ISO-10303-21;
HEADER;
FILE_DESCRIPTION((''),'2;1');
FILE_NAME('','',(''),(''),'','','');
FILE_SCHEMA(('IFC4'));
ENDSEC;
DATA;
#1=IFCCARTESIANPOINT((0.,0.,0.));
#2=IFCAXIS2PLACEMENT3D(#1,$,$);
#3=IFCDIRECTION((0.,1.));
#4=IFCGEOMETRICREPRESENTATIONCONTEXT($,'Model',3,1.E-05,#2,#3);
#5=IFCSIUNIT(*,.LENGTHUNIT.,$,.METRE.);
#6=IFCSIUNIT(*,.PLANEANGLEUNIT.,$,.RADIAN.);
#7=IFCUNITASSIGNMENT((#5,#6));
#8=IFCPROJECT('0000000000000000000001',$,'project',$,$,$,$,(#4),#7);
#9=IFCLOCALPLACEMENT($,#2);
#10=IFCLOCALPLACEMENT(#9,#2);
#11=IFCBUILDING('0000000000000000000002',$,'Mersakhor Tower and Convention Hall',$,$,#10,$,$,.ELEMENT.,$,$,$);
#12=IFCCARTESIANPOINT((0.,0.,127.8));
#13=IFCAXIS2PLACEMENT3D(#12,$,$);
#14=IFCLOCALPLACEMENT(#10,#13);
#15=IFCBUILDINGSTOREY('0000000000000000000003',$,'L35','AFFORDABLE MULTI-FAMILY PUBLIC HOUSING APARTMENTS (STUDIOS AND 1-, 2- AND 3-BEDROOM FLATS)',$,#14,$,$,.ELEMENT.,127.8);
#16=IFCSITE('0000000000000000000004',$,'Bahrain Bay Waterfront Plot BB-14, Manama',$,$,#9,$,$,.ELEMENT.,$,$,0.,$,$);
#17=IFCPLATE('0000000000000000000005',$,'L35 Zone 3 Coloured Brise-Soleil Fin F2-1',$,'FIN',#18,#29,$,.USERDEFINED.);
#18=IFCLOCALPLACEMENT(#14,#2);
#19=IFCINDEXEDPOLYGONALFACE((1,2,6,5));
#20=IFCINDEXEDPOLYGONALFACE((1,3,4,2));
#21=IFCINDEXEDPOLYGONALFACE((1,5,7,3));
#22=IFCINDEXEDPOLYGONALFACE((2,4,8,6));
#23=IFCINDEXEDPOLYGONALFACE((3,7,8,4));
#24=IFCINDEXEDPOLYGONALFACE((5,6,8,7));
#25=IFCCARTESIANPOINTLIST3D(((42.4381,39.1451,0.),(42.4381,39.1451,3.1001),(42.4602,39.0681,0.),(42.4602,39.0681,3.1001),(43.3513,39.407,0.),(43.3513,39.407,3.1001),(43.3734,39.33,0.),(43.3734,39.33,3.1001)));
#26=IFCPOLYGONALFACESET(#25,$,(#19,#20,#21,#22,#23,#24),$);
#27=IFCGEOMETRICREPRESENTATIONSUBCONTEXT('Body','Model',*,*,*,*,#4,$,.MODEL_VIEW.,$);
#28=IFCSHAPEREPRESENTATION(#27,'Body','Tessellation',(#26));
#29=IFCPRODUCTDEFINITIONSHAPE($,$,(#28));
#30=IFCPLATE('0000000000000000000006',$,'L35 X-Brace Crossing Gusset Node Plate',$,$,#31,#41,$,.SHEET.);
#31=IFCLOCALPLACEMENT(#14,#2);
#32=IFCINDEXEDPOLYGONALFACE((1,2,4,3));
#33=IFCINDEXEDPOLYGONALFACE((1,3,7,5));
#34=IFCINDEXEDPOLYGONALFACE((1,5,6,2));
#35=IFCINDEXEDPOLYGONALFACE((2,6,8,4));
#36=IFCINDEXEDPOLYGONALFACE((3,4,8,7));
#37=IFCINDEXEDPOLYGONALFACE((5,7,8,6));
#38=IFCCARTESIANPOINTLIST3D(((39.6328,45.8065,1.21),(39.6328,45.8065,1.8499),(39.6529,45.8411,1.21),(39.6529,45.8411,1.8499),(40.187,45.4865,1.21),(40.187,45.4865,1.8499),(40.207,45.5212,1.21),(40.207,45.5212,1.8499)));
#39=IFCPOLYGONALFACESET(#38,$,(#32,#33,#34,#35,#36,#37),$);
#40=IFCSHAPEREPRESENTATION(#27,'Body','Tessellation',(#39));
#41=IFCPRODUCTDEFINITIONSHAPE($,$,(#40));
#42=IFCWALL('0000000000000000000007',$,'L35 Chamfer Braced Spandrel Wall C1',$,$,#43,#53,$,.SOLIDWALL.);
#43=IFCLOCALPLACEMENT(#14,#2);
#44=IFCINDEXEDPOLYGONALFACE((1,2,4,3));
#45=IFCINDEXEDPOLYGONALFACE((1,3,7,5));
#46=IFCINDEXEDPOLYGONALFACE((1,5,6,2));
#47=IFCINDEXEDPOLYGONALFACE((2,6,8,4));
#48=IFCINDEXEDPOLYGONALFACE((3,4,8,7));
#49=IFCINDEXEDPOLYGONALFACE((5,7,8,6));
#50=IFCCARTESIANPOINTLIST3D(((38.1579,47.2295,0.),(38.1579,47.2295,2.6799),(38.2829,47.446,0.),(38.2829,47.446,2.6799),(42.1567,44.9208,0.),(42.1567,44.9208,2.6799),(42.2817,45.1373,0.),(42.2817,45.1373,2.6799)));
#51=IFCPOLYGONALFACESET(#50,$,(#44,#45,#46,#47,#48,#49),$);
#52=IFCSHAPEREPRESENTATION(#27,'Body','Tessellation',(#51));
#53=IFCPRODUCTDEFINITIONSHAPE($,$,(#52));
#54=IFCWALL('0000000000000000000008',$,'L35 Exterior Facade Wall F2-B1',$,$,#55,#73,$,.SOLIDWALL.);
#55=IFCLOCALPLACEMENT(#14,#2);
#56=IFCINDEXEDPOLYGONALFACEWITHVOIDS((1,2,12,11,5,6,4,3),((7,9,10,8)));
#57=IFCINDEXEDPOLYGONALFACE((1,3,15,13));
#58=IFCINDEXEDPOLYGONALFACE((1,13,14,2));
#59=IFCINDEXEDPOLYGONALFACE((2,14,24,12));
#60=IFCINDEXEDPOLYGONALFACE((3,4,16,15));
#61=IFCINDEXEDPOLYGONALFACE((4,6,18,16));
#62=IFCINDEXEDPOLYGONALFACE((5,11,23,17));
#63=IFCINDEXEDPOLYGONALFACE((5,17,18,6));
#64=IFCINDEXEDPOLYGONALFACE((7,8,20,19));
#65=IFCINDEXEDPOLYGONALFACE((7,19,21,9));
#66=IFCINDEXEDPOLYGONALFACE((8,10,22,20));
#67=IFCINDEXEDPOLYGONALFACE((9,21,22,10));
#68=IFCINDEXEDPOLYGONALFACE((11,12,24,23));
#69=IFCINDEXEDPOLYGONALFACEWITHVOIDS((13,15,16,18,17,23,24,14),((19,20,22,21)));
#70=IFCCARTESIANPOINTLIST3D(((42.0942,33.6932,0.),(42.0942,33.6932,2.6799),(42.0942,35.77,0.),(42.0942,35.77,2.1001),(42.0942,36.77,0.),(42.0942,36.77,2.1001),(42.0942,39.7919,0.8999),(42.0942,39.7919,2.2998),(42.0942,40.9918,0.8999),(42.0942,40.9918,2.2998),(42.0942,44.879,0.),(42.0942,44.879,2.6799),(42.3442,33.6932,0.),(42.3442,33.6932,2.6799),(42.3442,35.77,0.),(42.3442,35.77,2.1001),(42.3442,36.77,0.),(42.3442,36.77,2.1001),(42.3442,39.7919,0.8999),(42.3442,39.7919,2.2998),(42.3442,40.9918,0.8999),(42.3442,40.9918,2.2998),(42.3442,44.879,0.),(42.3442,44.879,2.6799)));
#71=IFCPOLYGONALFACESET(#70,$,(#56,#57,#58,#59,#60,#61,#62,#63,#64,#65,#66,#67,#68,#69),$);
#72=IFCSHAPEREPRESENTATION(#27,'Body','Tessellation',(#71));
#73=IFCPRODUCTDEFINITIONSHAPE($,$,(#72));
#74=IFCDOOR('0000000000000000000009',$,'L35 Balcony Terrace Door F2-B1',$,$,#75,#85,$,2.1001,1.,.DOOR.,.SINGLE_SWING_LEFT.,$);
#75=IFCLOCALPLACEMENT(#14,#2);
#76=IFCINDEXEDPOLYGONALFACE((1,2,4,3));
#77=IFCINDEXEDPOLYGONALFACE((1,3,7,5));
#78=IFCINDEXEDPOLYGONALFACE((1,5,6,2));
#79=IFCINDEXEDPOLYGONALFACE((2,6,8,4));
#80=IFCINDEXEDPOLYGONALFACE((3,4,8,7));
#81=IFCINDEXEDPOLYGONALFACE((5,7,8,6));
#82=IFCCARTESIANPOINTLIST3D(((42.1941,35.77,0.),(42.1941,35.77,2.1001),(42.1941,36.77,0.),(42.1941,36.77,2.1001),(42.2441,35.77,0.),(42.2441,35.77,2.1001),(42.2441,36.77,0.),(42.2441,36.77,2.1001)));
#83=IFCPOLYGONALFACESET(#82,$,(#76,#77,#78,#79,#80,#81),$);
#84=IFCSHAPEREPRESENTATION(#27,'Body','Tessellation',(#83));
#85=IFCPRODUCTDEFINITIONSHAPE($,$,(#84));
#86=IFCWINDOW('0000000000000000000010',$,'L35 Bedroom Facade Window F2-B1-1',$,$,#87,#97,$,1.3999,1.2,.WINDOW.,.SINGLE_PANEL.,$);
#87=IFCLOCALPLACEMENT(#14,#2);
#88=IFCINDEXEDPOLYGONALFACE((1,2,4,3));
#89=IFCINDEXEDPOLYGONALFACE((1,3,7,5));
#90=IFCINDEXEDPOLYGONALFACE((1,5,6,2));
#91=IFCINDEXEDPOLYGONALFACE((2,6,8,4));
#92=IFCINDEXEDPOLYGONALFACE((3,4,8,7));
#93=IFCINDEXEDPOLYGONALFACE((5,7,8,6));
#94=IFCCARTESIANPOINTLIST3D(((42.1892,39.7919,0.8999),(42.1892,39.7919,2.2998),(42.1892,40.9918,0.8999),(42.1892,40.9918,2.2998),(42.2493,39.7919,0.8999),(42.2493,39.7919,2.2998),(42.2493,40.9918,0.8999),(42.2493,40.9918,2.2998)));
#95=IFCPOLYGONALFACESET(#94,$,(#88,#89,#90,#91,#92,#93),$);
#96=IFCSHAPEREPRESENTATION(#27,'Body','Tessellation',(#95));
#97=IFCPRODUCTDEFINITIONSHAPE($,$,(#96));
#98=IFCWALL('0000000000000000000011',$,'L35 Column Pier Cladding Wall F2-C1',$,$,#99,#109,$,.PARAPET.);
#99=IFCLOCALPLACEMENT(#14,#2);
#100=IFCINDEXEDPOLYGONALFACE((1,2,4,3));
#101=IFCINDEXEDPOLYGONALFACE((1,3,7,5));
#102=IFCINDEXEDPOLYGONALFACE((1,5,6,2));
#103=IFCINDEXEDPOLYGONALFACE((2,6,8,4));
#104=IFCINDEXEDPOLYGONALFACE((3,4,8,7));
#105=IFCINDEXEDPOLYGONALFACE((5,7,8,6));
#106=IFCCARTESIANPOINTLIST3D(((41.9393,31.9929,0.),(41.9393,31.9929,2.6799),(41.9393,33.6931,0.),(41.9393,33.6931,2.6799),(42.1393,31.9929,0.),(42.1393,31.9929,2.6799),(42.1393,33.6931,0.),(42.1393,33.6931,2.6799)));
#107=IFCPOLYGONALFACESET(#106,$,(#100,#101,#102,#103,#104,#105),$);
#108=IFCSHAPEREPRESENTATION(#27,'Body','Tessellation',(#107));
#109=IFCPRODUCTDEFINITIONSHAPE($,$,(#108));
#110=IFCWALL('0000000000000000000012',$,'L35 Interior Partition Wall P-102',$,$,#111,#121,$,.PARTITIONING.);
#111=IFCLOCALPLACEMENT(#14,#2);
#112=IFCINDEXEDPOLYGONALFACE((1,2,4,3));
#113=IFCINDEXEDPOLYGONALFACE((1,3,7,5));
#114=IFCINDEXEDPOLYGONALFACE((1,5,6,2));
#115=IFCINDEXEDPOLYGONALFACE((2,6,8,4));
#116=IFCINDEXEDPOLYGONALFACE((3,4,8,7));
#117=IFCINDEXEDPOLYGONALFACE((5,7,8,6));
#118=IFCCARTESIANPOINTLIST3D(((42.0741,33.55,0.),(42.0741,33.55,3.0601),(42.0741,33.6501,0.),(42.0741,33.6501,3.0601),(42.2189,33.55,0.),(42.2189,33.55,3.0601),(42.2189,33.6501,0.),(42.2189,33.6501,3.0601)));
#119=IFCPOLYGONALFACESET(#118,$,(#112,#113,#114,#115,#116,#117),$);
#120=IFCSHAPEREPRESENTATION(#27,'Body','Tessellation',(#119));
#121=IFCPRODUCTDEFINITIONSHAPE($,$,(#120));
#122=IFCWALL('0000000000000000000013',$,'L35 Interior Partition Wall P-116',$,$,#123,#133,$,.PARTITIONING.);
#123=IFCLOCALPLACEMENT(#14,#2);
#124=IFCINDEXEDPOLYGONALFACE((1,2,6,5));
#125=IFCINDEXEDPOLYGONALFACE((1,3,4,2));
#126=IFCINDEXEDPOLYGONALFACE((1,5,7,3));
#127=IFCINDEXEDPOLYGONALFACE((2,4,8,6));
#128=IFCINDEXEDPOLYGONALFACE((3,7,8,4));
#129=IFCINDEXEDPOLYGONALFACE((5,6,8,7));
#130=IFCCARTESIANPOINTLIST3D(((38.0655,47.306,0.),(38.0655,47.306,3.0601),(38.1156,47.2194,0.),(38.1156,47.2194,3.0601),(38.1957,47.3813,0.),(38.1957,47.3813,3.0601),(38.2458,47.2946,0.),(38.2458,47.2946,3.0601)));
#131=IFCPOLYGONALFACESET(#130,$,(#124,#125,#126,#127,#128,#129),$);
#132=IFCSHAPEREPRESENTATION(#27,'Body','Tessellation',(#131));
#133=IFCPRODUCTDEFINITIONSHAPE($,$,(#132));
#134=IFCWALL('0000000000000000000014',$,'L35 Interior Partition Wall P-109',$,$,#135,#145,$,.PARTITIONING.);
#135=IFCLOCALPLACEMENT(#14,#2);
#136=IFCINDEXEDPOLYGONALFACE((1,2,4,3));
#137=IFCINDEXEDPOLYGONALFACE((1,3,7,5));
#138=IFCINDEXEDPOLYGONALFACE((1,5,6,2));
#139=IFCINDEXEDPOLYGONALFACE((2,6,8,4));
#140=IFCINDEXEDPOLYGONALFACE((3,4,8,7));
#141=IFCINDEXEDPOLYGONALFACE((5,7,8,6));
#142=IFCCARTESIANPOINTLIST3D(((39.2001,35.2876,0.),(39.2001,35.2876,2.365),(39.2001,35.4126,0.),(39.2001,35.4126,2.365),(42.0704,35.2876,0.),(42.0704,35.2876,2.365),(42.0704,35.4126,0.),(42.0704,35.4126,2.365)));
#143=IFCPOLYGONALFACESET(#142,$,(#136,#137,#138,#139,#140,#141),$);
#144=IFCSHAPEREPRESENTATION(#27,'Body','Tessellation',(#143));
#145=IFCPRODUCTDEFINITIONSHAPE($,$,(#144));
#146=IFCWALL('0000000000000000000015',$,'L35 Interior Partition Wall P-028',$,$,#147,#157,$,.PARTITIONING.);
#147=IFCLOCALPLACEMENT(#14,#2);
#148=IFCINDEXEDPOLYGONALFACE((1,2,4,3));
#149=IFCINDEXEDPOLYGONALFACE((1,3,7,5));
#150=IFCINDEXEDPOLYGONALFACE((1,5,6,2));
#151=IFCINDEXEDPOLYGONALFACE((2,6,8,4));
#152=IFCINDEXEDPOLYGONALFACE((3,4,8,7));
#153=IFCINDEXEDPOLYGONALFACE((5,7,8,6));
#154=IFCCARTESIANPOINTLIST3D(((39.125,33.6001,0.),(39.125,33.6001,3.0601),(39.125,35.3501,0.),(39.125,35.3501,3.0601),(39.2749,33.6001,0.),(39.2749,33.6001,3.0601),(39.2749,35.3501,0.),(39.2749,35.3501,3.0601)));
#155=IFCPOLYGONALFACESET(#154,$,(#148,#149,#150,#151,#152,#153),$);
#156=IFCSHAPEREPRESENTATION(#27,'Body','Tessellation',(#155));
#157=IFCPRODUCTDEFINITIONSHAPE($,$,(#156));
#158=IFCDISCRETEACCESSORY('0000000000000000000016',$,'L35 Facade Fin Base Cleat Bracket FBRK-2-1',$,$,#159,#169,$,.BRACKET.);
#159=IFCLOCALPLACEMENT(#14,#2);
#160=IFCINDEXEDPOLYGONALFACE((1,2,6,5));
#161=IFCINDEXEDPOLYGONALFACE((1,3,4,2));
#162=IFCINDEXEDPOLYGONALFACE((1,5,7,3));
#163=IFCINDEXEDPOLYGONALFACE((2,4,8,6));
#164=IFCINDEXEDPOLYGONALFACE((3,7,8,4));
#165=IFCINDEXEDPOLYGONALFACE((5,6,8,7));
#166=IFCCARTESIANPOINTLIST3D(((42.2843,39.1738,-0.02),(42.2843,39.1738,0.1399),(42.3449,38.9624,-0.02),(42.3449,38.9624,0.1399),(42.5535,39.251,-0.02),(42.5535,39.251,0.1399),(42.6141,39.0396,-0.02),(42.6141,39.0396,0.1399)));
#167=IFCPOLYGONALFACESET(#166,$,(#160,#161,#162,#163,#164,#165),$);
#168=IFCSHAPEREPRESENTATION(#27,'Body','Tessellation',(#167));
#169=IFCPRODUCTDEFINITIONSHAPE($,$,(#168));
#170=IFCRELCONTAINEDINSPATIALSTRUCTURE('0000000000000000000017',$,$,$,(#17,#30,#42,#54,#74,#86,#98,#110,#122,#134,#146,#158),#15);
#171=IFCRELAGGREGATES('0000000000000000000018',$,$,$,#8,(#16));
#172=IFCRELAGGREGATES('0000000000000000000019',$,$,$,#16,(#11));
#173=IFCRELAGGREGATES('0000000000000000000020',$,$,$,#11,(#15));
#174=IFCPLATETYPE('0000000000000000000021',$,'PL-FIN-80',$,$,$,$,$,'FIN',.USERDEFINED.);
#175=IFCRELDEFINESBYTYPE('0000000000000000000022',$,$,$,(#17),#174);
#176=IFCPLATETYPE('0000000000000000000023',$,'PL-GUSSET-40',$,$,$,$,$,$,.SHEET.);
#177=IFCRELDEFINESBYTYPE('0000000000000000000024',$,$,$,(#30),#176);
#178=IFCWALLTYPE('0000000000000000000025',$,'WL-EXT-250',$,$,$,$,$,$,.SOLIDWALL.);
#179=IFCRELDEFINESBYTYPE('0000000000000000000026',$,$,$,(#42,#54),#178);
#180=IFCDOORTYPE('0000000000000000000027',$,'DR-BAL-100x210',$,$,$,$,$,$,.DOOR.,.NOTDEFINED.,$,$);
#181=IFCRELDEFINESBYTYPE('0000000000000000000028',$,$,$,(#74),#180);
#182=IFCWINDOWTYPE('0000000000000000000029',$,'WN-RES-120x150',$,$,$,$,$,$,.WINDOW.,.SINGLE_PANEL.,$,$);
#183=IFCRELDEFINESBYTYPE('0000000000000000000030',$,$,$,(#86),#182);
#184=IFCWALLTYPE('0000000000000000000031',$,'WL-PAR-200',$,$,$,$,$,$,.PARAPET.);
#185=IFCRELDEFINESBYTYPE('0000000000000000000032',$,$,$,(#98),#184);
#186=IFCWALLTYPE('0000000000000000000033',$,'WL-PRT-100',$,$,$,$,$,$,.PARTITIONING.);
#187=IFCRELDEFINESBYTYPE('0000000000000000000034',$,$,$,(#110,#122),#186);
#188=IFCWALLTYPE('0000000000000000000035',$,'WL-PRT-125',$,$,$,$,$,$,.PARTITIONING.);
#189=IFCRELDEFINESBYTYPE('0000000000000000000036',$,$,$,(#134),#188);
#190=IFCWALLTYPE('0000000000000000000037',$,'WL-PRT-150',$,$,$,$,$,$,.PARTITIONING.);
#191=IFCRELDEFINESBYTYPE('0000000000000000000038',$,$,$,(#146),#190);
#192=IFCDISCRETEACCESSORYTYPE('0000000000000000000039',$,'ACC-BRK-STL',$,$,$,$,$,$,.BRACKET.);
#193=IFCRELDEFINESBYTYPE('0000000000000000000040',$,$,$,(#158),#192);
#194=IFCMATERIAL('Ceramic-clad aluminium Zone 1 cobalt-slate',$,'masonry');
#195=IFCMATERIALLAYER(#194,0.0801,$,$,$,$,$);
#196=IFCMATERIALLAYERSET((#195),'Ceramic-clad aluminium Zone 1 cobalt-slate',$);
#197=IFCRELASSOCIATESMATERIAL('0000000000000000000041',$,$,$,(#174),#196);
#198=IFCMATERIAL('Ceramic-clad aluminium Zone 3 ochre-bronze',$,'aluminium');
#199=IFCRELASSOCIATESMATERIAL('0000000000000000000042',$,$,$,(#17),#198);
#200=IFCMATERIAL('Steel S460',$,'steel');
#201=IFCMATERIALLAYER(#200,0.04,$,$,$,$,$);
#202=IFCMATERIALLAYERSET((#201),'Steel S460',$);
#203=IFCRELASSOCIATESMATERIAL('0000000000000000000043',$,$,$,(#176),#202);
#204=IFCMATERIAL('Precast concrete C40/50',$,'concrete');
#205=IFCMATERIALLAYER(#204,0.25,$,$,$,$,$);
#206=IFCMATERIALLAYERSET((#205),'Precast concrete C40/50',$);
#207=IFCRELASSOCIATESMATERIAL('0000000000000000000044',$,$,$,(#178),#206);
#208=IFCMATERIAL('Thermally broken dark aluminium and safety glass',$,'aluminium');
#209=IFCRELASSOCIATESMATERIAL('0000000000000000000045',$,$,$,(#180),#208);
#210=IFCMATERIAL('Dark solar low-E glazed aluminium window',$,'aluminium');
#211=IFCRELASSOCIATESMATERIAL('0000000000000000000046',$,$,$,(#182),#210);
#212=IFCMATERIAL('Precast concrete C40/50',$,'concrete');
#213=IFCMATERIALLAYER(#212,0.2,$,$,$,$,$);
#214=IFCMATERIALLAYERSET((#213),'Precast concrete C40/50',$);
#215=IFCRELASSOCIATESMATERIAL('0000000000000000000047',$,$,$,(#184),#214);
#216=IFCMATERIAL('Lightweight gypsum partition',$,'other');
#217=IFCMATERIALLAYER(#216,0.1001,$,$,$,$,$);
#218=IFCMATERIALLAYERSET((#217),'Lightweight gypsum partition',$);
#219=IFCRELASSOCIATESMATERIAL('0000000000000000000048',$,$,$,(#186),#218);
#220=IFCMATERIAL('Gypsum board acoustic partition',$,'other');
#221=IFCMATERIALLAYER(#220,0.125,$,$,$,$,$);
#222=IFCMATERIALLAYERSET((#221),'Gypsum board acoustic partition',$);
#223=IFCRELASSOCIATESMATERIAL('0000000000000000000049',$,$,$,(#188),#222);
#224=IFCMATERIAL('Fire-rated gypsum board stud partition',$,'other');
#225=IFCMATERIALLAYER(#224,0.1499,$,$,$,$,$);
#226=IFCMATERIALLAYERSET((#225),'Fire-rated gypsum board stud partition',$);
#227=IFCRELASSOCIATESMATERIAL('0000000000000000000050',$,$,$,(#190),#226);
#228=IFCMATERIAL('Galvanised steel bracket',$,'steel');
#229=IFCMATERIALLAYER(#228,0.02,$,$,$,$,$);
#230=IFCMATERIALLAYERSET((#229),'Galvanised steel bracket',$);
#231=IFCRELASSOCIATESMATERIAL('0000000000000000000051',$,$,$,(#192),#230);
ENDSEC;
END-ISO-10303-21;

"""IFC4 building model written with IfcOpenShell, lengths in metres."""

from ifc_helpers import new_model, si_unit, direction, frame, frame_2d, origin, origin_2d, place, context, subcontext, project, spatial, rectangle, extrude, material, layer, layer_set, type_object, element, fill, save


model = new_model("IFC4")

# Units and contexts
model_context = context("Model", 3, precision=1e-05, world=origin(), true_north=direction((0.0, 1.0)))
body_context = subcontext(model_context, "Body", "Model", "MODEL_VIEW")
ifc_project = project(units=[si_unit("LENGTHUNIT", "METRE"), si_unit("PLANEANGLEUNIT", "RADIAN")], contexts=[model_context])

# Site, building, storey
site_placement = place(None, origin())
site = spatial("IfcSite", under=ifc_project, at=site_placement, Name="Bahrain Bay Waterfront Plot BB-14, Manama", CompositionType="ELEMENT", RefElevation=0.0)
building_placement = place(site_placement, origin())
building = spatial("IfcBuilding", under=site, at=building_placement, Name="Mersakhor Tower and Convention Hall", CompositionType="ELEMENT")
storey_placement = place(building_placement, frame((0.0, 0.0, 127.8)))
storey = spatial("IfcBuildingStorey", under=building, at=storey_placement, Name="L35", Description="AFFORDABLE MULTI-FAMILY PUBLIC HOUSING APARTMENTS (STUDIOS AND 1-, 2- AND 3-BEDROOM FLATS)", CompositionType="ELEMENT", Elevation=127.8)

# Plates
ifc_material_1 = material(Name="Ceramic-clad aluminium Zone 3 ochre-bronze", Category="aluminium")
ifc_material_2 = material(Name="Ceramic-clad aluminium Zone 1 cobalt-slate", Category="masonry")
ifc_layer_1 = layer(ifc_material_2, 0.0801)
ifc_layer_set_1 = layer_set([ifc_layer_1], Name="Ceramic-clad aluminium Zone 1 cobalt-slate")
plate_type_1 = type_object("IfcPlateType", Name="PL-FIN-80", ElementType="FIN", PredefinedType="USERDEFINED", material=ifc_layer_set_1)
plate_1_placement = place(storey_placement, frame((42.9058, 39.2375, 0.0), z_axis=(0.0, 0.0, 1.0), x_axis=(0.961262, 0.275637, 0.0)))
element("IfcPlate", 1, at=plate_1_placement, inside=storey, type_object=plate_type_1, material=ifc_material_1, Name="L35 Zone 3 Coloured Brise-Soleil Fin F2-1", ObjectType="FIN", PredefinedType="USERDEFINED", context=body_context, shape_type="SweptSolid", body=[
    extrude(rectangle(XDim=0.95, YDim=0.0801, at=origin_2d()), origin(), (0.0, 0.0, 1.0), 3.1001),
])
ifc_material_3 = material(Name="Steel S460", Category="steel")
ifc_layer_2 = layer(ifc_material_3, 0.04)
ifc_layer_set_2 = layer_set([ifc_layer_2], Name="Steel S460")
plate_type_2 = type_object("IfcPlateType", Name="PL-GUSSET-40", PredefinedType="SHEET", material=ifc_layer_set_2)
plate_2_placement = place(storey_placement, frame((39.9199, 45.6638, 1.21), z_axis=(0.0, 0.0, 1.0), x_axis=(-0.866025, 0.5, 0.0)))
element("IfcPlate", 2, at=plate_2_placement, inside=storey, type_object=plate_type_2, Name="L35 X-Brace Crossing Gusset Node Plate", PredefinedType="SHEET", context=body_context, shape_type="SweptSolid", body=[
    extrude(rectangle(XDim=0.6399, YDim=0.04, at=origin_2d()), origin(), (0.0, 0.0, 1.0), 0.6399),
])

# Wall
ifc_material_4 = material(Name="Precast concrete C40/50", Category="concrete")
ifc_layer_3 = layer(ifc_material_4, 0.25)
ifc_layer_set_3 = layer_set([ifc_layer_3], Name="Precast concrete C40/50")
wall_type_1 = type_object("IfcWallType", Name="WL-EXT-250", PredefinedType="SOLIDWALL", material=ifc_layer_set_3)
wall_1_placement = place(storey_placement, frame((38.2205, 47.3376, 0.0), z_axis=(0.0, 0.0, 1.0), x_axis=(0.866035, -0.499983, 0.0)))
element("IfcWall", 3, at=wall_1_placement, inside=storey, type_object=wall_type_1, Name="L35 Chamfer Braced Spandrel Wall C1", PredefinedType="SOLIDWALL", context=body_context, shape_type="SweptSolid", body=[
    extrude(rectangle(XDim=4.6174, YDim=0.25, at=frame_2d((2.3086, 0.0))), origin(), (0.0, 0.0, 1.0), 2.6799),
])

# Wall, openings, door, window
wall_2_placement = place(storey_placement, frame((42.2192, 44.8789, 0.0), z_axis=(0.0, 0.0, 1.0), x_axis=(0.0, -1.0, 0.0)))
wall_2 = element("IfcWall", 4, at=wall_2_placement, inside=storey, type_object=wall_type_1, Name="L35 Exterior Facade Wall F2-B1", PredefinedType="SOLIDWALL", context=body_context, shape_type="SweptSolid", body=[
    extrude(rectangle(XDim=11.1858, YDim=0.25, at=frame_2d((5.5928, 0.0))), origin(), (0.0, 0.0, 1.0), 2.6799),
])
opening_1_placement = place(wall_2_placement, frame((8.1089, 0.0, 0.0)))
opening_1 = element("IfcOpeningElement", 5, at=opening_1_placement, cuts=wall_2, PredefinedType="OPENING", context=body_context, shape_type="SweptSolid", body=[
    extrude(rectangle(XDim=1.0, YDim=2.1001, at=frame_2d((0.5, 1.05))), frame((0.0, 0.135, 0.0), z_axis=(0.0, -1.0, 0.0), x_axis=(1.0, 0.0, 0.0)), (0.0, 0.0, 1.0), 0.27),
])
opening_2_placement = place(wall_2_placement, frame((3.887, 0.0, 0.8999)))
opening_2 = element("IfcOpeningElement", 6, at=opening_2_placement, cuts=wall_2, PredefinedType="OPENING", context=body_context, shape_type="SweptSolid", body=[
    extrude(rectangle(XDim=1.2, YDim=1.3999, at=frame_2d((0.6001, 0.7))), frame((0.0, 0.135, 0.0), z_axis=(0.0, -1.0, 0.0), x_axis=(1.0, 0.0, 0.0)), (0.0, 0.0, 1.0), 0.27),
])
ifc_material_5 = material(Name="Thermally broken dark aluminium and safety glass", Category="aluminium")
door_type = type_object("IfcDoorType", Name="DR-BAL-100x210", OperationType="NOTDEFINED", PredefinedType="DOOR", material=ifc_material_5)
door_placement = place(opening_1_placement, origin())
door = element("IfcDoor", 7, at=door_placement, inside=storey, type_object=door_type, Name="L35 Balcony Terrace Door F2-B1", OperationType="SINGLE_SWING_LEFT", OverallHeight=2.1001, OverallWidth=1.0, PredefinedType="DOOR", context=body_context, shape_type="SweptSolid", body=[
    extrude(rectangle(XDim=1.0, YDim=2.1001, at=frame_2d((0.5, 1.05))), frame((0.0, 0.0249, 0.0), z_axis=(0.0, -1.0, 0.0), x_axis=(1.0, 0.0, 0.0)), (0.0, 0.0, 1.0), 0.05),
])
fill(opening_1, door)
ifc_material_6 = material(Name="Dark solar low-E glazed aluminium window", Category="aluminium")
window_type = type_object("IfcWindowType", Name="WN-RES-120x150", PartitioningType="SINGLE_PANEL", PredefinedType="WINDOW", material=ifc_material_6)
window_placement = place(opening_2_placement, origin())
window = element("IfcWindow", 8, at=window_placement, inside=storey, type_object=window_type, Name="L35 Bedroom Facade Window F2-B1-1", OverallHeight=1.3999, OverallWidth=1.2, PartitioningType="SINGLE_PANEL", PredefinedType="WINDOW", context=body_context, shape_type="SweptSolid", body=[
    extrude(rectangle(XDim=1.2, YDim=1.3999, at=frame_2d((0.6001, 0.7))), frame((0.0, 0.03, 0.0), z_axis=(0.0, -1.0, 0.0), x_axis=(1.0, 0.0, 0.0)), (0.0, 0.0, 1.0), 0.0601),
])
fill(opening_2, window)

# Walls
ifc_material_7 = material(Name="Precast concrete C40/50", Category="concrete")
ifc_layer_4 = layer(ifc_material_7, 0.2)
ifc_layer_set_4 = layer_set([ifc_layer_4], Name="Precast concrete C40/50")
wall_type_2 = type_object("IfcWallType", Name="WL-PAR-200", PredefinedType="PARAPET", material=ifc_layer_set_4)
wall_3_placement = place(storey_placement, frame((42.0393, 33.6931, 0.0), z_axis=(0.0, 0.0, 1.0), x_axis=(0.0, -1.0, 0.0)))
element("IfcWall", 9, at=wall_3_placement, inside=storey, type_object=wall_type_2, Name="L35 Column Pier Cladding Wall F2-C1", PredefinedType="PARAPET", context=body_context, shape_type="SweptSolid", body=[
    extrude(rectangle(XDim=1.7002, YDim=0.2, at=frame_2d((0.8501, 0.0))), origin(), (0.0, 0.0, 1.0), 2.6799),
])
ifc_material_8 = material(Name="Lightweight gypsum partition", Category="other")
ifc_layer_5 = layer(ifc_material_8, 0.1001)
ifc_layer_set_5 = layer_set([ifc_layer_5], Name="Lightweight gypsum partition")
wall_type_3 = type_object("IfcWallType", Name="WL-PRT-100", PredefinedType="PARTITIONING", material=ifc_layer_set_5)
wall_4_placement = place(storey_placement, frame((42.0742, 33.6001, 0.0), z_axis=(0.0, 0.0, 1.0), x_axis=(1.0, 0.0, 0.0)))
element("IfcWall", 10, at=wall_4_placement, inside=storey, type_object=wall_type_3, Name="L35 Interior Partition Wall P-102", PredefinedType="PARTITIONING", context=body_context, shape_type="SweptSolid", body=[
    extrude(rectangle(XDim=0.1448, YDim=0.1001, at=frame_2d((0.0723, 0.0))), origin(), (0.0, 0.0, 1.0), 3.0601),
])
wall_5_placement = place(storey_placement, frame((38.0906, 47.2627, 0.0), z_axis=(0.0, 0.0, 1.0), x_axis=(0.865834, 0.500332, 0.0)))
element("IfcWall", 11, at=wall_5_placement, inside=storey, type_object=wall_type_3, Name="L35 Interior Partition Wall P-116", PredefinedType="PARTITIONING", context=body_context, shape_type="SweptSolid", body=[
    extrude(rectangle(XDim=0.1504, YDim=0.1001, at=frame_2d((0.0752, 0.0))), origin(), (0.0, 0.0, 1.0), 3.0601),
])
ifc_material_9 = material(Name="Gypsum board acoustic partition", Category="other")
ifc_layer_6 = layer(ifc_material_9, 0.125)
ifc_layer_set_6 = layer_set([ifc_layer_6], Name="Gypsum board acoustic partition")
wall_type_4 = type_object("IfcWallType", Name="WL-PRT-125", PredefinedType="PARTITIONING", material=ifc_layer_set_6)
wall_6_placement = place(storey_placement, frame((42.0703, 35.3501, 0.0), z_axis=(0.0, 0.0, 1.0), x_axis=(-1.0, 0.0, 0.0)))
element("IfcWall", 12, at=wall_6_placement, inside=storey, type_object=wall_type_4, Name="L35 Interior Partition Wall P-109", PredefinedType="PARTITIONING", context=body_context, shape_type="SweptSolid", body=[
    extrude(rectangle(XDim=2.8704, YDim=0.125, at=frame_2d((1.4351, 0.0))), origin(), (0.0, 0.0, 1.0), 2.365),
])
ifc_material_10 = material(Name="Fire-rated gypsum board stud partition", Category="other")
ifc_layer_7 = layer(ifc_material_10, 0.1499)
ifc_layer_set_7 = layer_set([ifc_layer_7], Name="Fire-rated gypsum board stud partition")
wall_type_5 = type_object("IfcWallType", Name="WL-PRT-150", PredefinedType="PARTITIONING", material=ifc_layer_set_7)
wall_7_placement = place(storey_placement, frame((39.2, 35.3501, 0.0), z_axis=(0.0, 0.0, 1.0), x_axis=(0.0, -1.0, 0.0)))
element("IfcWall", 13, at=wall_7_placement, inside=storey, type_object=wall_type_5, Name="L35 Interior Partition Wall P-028", PredefinedType="PARTITIONING", context=body_context, shape_type="SweptSolid", body=[
    extrude(rectangle(XDim=1.75, YDim=0.1499, at=frame_2d((0.875, 0.0))), origin(), (0.0, 0.0, 1.0), 3.0601),
])

# Discrete accessory
ifc_material_11 = material(Name="Galvanised steel bracket", Category="steel")
ifc_layer_8 = layer(ifc_material_11, 0.02)
ifc_layer_set_8 = layer_set([ifc_layer_8], Name="Galvanised steel bracket")
discrete_accessory_type = type_object("IfcDiscreteAccessoryType", Name="ACC-BRK-STL", PredefinedType="BRACKET", material=ifc_layer_set_8)
discrete_accessory_placement = place(storey_placement, frame((42.4492, 39.1067, -0.02), z_axis=(0.0, 0.0, 1.0), x_axis=(0.961262, 0.275637, 0.0)))
element("IfcDiscreteAccessory", 14, at=discrete_accessory_placement, inside=storey, type_object=discrete_accessory_type, Name="L35 Facade Fin Base Cleat Bracket FBRK-2-1", PredefinedType="BRACKET", context=body_context, shape_type="SweptSolid", body=[
    extrude(rectangle(XDim=0.28, YDim=0.22, at=origin_2d()), origin(), (0.0, 0.0, 1.0), 0.1599),
])

save(model, "model.ifc")
